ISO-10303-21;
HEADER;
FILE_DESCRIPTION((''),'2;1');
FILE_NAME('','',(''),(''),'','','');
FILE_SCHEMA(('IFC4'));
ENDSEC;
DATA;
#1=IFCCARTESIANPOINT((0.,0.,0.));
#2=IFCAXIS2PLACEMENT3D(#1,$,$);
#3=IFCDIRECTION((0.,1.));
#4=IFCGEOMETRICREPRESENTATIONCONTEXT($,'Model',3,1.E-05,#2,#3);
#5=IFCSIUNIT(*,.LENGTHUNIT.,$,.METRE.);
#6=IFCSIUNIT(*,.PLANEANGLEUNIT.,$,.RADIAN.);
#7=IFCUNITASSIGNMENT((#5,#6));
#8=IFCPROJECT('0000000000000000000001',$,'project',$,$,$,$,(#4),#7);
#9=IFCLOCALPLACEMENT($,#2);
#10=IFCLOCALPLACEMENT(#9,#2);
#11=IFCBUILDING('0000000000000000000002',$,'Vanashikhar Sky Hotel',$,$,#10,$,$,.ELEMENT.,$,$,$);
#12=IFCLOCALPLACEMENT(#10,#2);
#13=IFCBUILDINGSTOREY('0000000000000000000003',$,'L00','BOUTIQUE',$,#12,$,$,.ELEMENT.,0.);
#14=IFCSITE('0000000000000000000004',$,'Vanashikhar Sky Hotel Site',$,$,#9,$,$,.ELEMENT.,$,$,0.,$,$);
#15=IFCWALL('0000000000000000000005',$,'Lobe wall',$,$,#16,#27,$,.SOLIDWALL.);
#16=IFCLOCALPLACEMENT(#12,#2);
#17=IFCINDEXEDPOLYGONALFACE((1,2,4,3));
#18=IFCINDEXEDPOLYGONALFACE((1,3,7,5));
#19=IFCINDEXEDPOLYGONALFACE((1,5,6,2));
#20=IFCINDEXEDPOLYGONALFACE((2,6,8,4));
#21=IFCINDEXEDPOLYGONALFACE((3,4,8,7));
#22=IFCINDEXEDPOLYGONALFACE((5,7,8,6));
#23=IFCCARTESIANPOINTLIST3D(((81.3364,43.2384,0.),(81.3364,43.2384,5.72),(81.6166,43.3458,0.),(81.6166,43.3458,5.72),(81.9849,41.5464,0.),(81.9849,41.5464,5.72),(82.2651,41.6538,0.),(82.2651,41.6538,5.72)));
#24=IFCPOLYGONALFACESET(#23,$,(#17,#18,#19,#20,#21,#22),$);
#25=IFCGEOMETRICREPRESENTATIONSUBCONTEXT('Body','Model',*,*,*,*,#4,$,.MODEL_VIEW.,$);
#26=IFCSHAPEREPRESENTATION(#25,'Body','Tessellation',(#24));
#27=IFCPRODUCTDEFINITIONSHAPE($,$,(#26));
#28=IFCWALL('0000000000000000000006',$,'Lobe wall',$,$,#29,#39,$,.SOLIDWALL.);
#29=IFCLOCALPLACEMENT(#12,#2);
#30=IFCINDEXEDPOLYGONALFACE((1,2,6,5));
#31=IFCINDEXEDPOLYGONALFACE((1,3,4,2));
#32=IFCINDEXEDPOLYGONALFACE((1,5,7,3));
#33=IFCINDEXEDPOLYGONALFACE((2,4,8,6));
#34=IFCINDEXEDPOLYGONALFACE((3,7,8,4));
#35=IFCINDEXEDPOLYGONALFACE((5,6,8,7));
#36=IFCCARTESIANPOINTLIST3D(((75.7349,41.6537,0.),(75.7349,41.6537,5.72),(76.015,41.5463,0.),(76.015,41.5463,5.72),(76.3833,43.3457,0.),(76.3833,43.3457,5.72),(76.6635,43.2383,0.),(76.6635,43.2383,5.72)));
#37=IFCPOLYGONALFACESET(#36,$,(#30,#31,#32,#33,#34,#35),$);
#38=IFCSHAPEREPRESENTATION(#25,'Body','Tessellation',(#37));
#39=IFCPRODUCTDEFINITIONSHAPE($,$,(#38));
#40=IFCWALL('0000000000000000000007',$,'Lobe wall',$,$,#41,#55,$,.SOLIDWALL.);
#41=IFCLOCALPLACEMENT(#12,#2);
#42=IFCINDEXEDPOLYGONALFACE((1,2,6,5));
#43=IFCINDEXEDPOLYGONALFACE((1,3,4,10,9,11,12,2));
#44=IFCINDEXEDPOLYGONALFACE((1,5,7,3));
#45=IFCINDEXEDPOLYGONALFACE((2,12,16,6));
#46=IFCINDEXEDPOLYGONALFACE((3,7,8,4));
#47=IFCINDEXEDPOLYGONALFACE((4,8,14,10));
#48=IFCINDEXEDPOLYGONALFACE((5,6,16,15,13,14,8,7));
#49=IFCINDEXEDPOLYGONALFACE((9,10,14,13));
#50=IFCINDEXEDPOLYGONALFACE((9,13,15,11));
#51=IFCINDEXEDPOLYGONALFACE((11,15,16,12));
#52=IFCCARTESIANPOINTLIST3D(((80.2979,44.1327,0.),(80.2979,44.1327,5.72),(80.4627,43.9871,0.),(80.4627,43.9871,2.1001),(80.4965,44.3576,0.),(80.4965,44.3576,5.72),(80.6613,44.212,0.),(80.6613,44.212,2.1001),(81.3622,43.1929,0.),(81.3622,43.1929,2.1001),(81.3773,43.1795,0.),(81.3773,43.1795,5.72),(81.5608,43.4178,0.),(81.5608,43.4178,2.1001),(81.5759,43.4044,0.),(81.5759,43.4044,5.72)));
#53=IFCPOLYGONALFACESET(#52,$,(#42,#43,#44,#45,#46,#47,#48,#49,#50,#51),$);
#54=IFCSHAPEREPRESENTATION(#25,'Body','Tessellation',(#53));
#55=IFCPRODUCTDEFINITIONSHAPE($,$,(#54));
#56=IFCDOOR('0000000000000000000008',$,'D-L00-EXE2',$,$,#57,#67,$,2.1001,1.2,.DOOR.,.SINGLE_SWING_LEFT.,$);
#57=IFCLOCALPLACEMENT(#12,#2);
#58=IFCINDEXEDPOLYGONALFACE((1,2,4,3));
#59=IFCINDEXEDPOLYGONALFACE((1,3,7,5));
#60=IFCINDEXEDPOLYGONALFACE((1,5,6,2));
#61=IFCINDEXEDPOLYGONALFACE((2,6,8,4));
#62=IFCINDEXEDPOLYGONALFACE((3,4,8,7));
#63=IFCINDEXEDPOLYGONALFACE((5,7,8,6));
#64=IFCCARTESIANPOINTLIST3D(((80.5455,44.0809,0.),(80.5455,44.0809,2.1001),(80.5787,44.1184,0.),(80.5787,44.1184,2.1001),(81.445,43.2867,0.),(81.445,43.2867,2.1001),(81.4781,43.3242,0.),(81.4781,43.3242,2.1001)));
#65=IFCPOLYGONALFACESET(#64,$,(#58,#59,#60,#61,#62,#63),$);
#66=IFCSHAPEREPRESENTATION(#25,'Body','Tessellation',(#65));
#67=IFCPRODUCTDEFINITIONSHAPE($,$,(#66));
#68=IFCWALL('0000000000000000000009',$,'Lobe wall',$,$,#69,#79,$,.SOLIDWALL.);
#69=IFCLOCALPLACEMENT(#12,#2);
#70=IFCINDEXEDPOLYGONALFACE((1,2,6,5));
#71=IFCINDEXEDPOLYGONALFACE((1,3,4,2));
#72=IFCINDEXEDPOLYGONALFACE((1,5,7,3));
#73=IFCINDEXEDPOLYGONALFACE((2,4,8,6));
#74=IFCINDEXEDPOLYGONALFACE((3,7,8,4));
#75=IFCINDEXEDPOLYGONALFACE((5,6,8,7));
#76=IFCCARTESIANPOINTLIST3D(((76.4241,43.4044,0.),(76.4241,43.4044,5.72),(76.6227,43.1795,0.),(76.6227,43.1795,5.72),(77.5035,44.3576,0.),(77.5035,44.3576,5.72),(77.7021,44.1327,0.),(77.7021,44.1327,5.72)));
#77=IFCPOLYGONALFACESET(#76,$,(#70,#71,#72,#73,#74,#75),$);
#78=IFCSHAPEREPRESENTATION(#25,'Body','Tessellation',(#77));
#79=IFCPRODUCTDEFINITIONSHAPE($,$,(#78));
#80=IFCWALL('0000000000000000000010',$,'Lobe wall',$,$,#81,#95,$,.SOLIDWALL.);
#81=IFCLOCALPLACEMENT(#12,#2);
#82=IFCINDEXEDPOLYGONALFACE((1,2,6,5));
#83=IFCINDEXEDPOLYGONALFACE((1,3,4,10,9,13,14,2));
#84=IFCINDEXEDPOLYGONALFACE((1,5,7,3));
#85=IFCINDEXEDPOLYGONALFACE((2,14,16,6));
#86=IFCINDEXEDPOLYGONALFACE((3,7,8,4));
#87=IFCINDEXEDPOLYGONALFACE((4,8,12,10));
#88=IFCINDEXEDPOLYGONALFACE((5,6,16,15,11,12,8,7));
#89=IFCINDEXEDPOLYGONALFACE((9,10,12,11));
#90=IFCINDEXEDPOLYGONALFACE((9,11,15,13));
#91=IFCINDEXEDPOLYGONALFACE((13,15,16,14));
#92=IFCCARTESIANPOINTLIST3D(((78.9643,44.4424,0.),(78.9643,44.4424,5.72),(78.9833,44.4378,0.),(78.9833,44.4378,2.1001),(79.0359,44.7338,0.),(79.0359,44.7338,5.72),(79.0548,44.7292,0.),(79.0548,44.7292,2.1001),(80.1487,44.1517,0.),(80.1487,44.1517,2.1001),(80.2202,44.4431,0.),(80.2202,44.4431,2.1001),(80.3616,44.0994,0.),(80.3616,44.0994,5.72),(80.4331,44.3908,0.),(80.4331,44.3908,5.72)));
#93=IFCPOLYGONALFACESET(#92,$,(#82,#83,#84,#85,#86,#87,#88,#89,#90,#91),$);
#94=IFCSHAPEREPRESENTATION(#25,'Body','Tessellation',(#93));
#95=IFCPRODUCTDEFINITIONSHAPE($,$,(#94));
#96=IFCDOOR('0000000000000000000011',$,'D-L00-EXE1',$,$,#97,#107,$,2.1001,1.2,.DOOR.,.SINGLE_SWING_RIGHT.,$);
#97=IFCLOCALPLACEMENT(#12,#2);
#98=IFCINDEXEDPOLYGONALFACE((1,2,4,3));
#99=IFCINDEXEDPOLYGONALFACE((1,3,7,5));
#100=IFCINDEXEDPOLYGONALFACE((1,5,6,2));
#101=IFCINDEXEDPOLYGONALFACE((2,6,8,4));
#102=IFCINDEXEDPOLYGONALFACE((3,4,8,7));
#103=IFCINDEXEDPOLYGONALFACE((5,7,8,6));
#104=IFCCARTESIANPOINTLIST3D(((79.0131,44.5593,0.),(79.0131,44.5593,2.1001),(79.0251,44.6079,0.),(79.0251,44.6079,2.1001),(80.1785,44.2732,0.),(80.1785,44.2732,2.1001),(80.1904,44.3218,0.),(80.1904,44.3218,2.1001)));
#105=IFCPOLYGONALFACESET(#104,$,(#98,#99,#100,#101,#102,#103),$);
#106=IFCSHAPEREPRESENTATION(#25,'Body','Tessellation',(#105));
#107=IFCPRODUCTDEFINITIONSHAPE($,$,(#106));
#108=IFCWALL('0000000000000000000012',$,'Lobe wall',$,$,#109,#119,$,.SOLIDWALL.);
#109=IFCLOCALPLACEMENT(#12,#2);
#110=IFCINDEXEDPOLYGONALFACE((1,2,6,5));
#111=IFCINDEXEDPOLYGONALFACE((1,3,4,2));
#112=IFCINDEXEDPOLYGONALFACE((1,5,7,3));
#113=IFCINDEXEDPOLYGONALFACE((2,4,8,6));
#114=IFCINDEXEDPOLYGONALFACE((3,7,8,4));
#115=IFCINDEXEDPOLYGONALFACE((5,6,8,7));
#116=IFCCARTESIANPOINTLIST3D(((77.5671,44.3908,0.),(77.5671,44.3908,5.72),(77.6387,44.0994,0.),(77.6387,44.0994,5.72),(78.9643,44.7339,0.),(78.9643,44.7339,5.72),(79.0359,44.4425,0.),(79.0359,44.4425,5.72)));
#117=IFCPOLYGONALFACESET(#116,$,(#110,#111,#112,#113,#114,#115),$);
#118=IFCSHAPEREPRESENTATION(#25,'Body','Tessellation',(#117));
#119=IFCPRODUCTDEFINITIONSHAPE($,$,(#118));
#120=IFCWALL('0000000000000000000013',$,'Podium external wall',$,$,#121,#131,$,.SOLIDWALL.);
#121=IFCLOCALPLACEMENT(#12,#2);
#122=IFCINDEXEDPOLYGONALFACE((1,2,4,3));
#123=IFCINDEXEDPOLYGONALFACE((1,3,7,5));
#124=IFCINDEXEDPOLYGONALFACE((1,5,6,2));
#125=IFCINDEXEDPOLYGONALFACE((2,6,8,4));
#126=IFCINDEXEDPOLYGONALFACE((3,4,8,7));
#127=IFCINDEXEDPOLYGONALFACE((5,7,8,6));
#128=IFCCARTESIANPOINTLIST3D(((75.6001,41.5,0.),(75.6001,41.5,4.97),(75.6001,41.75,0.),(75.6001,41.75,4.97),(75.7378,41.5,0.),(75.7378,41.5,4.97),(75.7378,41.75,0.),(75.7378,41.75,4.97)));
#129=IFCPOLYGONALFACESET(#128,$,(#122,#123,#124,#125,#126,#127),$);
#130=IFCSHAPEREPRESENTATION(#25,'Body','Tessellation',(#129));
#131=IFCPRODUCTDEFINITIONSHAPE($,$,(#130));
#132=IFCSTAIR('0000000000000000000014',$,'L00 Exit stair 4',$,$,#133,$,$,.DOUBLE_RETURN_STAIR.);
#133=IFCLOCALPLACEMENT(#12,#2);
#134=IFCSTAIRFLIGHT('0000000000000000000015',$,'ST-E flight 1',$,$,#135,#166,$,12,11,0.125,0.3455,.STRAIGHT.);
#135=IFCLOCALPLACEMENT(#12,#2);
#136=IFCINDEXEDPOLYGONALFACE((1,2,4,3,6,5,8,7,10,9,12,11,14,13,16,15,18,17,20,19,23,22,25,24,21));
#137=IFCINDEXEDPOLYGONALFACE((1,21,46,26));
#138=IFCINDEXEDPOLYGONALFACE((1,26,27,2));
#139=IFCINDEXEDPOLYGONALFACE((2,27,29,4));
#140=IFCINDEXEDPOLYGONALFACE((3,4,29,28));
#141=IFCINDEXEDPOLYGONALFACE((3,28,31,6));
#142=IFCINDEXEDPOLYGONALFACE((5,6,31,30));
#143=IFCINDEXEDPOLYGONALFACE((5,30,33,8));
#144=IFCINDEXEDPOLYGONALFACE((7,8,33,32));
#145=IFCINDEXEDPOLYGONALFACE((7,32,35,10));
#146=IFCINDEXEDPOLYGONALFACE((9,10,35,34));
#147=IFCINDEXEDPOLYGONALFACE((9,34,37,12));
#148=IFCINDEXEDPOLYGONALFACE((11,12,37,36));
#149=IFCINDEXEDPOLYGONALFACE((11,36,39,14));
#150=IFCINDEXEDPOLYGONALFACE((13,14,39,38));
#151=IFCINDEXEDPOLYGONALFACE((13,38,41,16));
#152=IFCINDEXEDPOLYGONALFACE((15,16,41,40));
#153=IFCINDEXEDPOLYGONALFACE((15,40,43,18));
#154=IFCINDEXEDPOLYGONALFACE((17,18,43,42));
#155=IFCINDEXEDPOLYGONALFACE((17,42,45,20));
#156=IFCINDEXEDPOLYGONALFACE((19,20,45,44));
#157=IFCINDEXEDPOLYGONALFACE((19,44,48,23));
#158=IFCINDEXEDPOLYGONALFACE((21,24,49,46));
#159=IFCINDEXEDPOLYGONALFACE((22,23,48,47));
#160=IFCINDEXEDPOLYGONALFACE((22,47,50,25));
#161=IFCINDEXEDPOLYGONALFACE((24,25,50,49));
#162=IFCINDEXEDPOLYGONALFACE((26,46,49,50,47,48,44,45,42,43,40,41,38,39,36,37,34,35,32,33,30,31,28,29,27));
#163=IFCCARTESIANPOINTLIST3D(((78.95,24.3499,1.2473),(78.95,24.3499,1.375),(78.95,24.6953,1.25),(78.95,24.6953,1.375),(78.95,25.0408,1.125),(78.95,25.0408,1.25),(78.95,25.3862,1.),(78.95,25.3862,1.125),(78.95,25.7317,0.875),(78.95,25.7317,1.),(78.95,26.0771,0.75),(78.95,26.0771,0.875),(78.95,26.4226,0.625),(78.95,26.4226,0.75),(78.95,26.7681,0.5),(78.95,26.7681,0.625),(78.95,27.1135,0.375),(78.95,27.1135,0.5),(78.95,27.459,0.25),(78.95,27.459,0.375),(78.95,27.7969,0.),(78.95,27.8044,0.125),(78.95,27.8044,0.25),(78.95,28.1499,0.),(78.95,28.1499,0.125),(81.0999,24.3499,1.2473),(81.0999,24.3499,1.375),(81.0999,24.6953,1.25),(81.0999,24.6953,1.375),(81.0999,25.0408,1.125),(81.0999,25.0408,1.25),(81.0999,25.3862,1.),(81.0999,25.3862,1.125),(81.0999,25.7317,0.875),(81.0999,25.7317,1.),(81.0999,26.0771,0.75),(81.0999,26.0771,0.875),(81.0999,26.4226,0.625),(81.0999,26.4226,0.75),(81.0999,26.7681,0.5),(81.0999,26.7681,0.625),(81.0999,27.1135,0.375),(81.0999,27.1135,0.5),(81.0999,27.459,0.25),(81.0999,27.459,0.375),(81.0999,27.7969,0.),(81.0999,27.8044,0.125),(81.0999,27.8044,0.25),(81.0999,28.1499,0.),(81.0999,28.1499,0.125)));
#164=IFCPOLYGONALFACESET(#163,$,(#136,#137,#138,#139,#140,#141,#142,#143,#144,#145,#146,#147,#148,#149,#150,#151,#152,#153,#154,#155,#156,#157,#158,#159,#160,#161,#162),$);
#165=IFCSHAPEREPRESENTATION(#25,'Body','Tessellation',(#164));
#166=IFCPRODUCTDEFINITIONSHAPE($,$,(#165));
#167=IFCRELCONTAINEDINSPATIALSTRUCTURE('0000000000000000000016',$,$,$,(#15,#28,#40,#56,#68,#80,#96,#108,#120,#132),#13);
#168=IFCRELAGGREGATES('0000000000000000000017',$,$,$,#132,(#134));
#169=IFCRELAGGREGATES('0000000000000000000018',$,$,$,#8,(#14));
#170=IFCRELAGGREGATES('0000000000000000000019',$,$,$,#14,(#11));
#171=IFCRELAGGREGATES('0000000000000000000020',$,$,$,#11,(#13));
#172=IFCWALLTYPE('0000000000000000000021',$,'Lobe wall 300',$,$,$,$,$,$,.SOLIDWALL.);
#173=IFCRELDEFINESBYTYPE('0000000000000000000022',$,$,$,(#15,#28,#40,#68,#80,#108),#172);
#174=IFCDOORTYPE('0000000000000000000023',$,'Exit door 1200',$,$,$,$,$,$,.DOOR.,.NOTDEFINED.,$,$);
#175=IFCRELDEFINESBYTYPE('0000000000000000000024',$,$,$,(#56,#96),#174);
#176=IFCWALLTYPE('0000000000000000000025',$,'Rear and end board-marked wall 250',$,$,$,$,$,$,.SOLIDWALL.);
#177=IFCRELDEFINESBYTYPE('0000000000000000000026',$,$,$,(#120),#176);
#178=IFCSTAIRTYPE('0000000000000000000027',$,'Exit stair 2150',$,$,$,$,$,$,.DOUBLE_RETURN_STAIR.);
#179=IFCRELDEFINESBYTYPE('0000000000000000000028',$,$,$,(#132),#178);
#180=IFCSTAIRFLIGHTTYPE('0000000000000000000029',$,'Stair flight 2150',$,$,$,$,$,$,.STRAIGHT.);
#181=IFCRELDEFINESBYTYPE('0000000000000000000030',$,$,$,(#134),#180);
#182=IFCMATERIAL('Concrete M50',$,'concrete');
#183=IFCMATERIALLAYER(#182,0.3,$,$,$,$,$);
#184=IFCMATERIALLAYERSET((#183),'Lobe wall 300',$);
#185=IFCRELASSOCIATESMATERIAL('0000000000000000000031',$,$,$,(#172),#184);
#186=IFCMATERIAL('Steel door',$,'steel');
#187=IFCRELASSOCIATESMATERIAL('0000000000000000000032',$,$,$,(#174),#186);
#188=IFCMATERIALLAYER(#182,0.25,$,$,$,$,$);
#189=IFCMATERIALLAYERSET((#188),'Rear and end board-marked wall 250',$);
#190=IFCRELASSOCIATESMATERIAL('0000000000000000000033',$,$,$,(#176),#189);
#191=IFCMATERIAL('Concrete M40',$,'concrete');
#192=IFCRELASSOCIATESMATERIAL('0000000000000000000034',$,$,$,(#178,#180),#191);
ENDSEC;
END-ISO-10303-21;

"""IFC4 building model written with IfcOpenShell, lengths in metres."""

from ifc_helpers import new_model, si_unit, direction, frame, frame_2d, origin, place, context, subcontext, project, spatial, polyline, rectangle, outline, extrude, source, transform, mapped, material, layer, layer_set, type_object, element, fill, aggregate, save


model = new_model("IFC4")

# Units and contexts
model_context = context("Model", 3, precision=1e-05, world=origin(), true_north=direction((0.0, 1.0)))
body_context = subcontext(model_context, "Body", "Model", "MODEL_VIEW")
ifc_project = project(units=[si_unit("LENGTHUNIT", "METRE"), si_unit("PLANEANGLEUNIT", "RADIAN")], contexts=[model_context])

# Site, building, storey
site_placement = place(None, origin())
site = spatial("IfcSite", under=ifc_project, at=site_placement, Name="Vanashikhar Sky Hotel Site", CompositionType="ELEMENT", RefElevation=0.0)
building_placement = place(site_placement, origin())
building = spatial("IfcBuilding", under=site, at=building_placement, Name="Vanashikhar Sky Hotel", CompositionType="ELEMENT")
storey_placement = place(building_placement, origin())
storey = spatial("IfcBuildingStorey", under=building, at=storey_placement, Name="L00", Description="BOUTIQUE", CompositionType="ELEMENT", Elevation=0.0)

# Walls
ifc_material_1 = material(Name="Concrete M50", Category="concrete")
ifc_layer_1 = layer(ifc_material_1, 0.3)
ifc_layer_set_1 = layer_set([ifc_layer_1], Name="Lobe wall 300")
wall_type_1 = type_object("IfcWallType", Name="Lobe wall 300", PredefinedType="SOLIDWALL", material=ifc_layer_set_1)
shared_shape_1 = source(origin(), body_context, "Body", "SweptSolid", [
    extrude(rectangle(XDim=1.812, YDim=0.3, at=frame_2d((0.906, 0.0))), origin(), (0.0, 0.0, 1.0), 5.72),
])
for number, where, z_axis, x_axis, name in (
    (1, (82.125, 41.6001, 0.0), (0.0, 0.0, 1.0), (-0.357877, 0.933769, 0.0), "Lobe wall"),
    (2, (76.5234, 43.292, 0.0), (0.0, 0.0, 1.0), (-0.357877, -0.933769, 0.0), "Lobe wall"),
):
    element("IfcWall", number, at=place(storey_placement, frame(where, z_axis=z_axis, x_axis=x_axis)), inside=storey, type_object=wall_type_1, Name=name, PredefinedType="SOLIDWALL", context=body_context, shape_type="MappedRepresentation", body=[
        mapped(shared_shape_1, transform((0.0, 0.0, 0.0), scale=1.0)),
    ])

# Wall, opening, door
shared_shape_2 = source(origin(), body_context, "Body", "SweptSolid", [
    extrude(rectangle(XDim=1.4399, YDim=0.3, at=frame_2d((0.72, 0.0))), origin(), (0.0, 0.0, 1.0), 5.72),
])
wall_1_placement = place(storey_placement, frame((81.4766, 43.292, 0.0), z_axis=(0.0, 0.0, 1.0), x_axis=(-0.749576, 0.661919, 0.0)))
wall_1 = element("IfcWall", 3, at=wall_1_placement, inside=storey, type_object=wall_type_1, Name="Lobe wall", PredefinedType="SOLIDWALL", context=body_context, shape_type="MappedRepresentation", body=[
    mapped(shared_shape_2, transform((0.0, 0.0, 0.0), scale=1.0)),
])
shared_shape_3 = source(origin(), body_context, "Body", "SweptSolid", [
    extrude(rectangle(XDim=1.2, YDim=2.1001, at=frame_2d((0.6001, 1.05))), frame((0.0, 0.1602, 0.0), z_axis=(0.0, -1.0, 0.0), x_axis=(1.0, 0.0, 0.0)), (0.0, 0.0, 1.0), 0.3201),
])
opening_1_placement = place(wall_1_placement, frame((0.02, 0.0, 0.0)))
opening_1 = element("IfcOpeningElement", 4, at=opening_1_placement, cuts=wall_1, PredefinedType="OPENING", context=body_context, shape_type="MappedRepresentation", body=[
    mapped(shared_shape_3, transform((0.0, 0.0, 0.0), scale=1.0)),
])
ifc_material_2 = material(Name="Steel door", Category="steel")
door_type = type_object("IfcDoorType", Name="Exit door 1200", OperationType="NOTDEFINED", PredefinedType="DOOR", material=ifc_material_2)
shared_shape_4 = source(origin(), body_context, "Body", "SweptSolid", [
    extrude(rectangle(XDim=1.2, YDim=2.1001, at=frame_2d((0.6001, 1.05))), frame((0.0, 0.0249, 0.0), z_axis=(0.0, -1.0, 0.0), x_axis=(1.0, 0.0, 0.0)), (0.0, 0.0, 1.0), 0.05),
])
door_1_placement = place(opening_1_placement, origin())
door_1 = element("IfcDoor", 5, at=door_1_placement, inside=storey, type_object=door_type, Name="D-L00-EXE2", OperationType="SINGLE_SWING_LEFT", OverallHeight=2.1001, OverallWidth=1.2, PredefinedType="DOOR", context=body_context, shape_type="MappedRepresentation", body=[
    mapped(shared_shape_4, transform((0.0, 0.0, 0.0), scale=1.0)),
])
fill(opening_1, door_1)

# Wall
wall_2_placement = place(storey_placement, frame((77.6028, 44.2451, 0.0), z_axis=(0.0, 0.0, 1.0), x_axis=(-0.749576, -0.661919, 0.0)))
element("IfcWall", 6, at=wall_2_placement, inside=storey, type_object=wall_type_1, Name="Lobe wall", PredefinedType="SOLIDWALL", context=body_context, shape_type="MappedRepresentation", body=[
    mapped(shared_shape_2, transform((0.0, 0.0, 0.0), scale=1.0)),
])

# Wall, opening, door
shared_shape_5 = source(origin(), body_context, "Body", "SweptSolid", [
    extrude(rectangle(XDim=1.4387, YDim=0.3, at=frame_2d((0.7192, 0.0))), origin(), (0.0, 0.0, 1.0), 5.72),
])
wall_3_placement = place(storey_placement, frame((80.3972, 44.2451, 0.0), z_axis=(0.0, 0.0, 1.0), x_axis=(-0.971162, 0.238421, 0.0)))
wall_3 = element("IfcWall", 7, at=wall_3_placement, inside=storey, type_object=wall_type_1, Name="Lobe wall", PredefinedType="SOLIDWALL", context=body_context, shape_type="MappedRepresentation", body=[
    mapped(shared_shape_5, transform((0.0, 0.0, 0.0), scale=1.0)),
])
opening_2_placement = place(wall_3_placement, frame((0.219, 0.0, 0.0)))
opening_2 = element("IfcOpeningElement", 8, at=opening_2_placement, cuts=wall_3, PredefinedType="OPENING", context=body_context, shape_type="MappedRepresentation", body=[
    mapped(shared_shape_3, transform((0.0, 0.0, 0.0), scale=1.0)),
])
door_2_placement = place(opening_2_placement, origin())
door_2 = element("IfcDoor", 9, at=door_2_placement, inside=storey, type_object=door_type, Name="D-L00-EXE1", OperationType="SINGLE_SWING_RIGHT", OverallHeight=2.1001, OverallWidth=1.2, PredefinedType="DOOR", context=body_context, shape_type="MappedRepresentation", body=[
    mapped(shared_shape_4, transform((0.0, 0.0, 0.0), scale=1.0)),
])
fill(opening_2, door_2)

# Walls
wall_4_placement = place(storey_placement, frame((79.0, 44.5881, 0.0), z_axis=(0.0, 0.0, 1.0), x_axis=(-0.971162, -0.238421, 0.0)))
element("IfcWall", 10, at=wall_4_placement, inside=storey, type_object=wall_type_1, Name="Lobe wall", PredefinedType="SOLIDWALL", context=body_context, shape_type="MappedRepresentation", body=[
    mapped(shared_shape_5, transform((0.0, 0.0, 0.0), scale=1.0)),
])
ifc_layer_2 = layer(ifc_material_1, 0.25)
ifc_layer_set_2 = layer_set([ifc_layer_2], Name="Rear and end board-marked wall 250")
wall_type_2 = type_object("IfcWallType", Name="Rear and end board-marked wall 250", PredefinedType="SOLIDWALL", material=ifc_layer_set_2)
shared_shape_6 = source(origin(), body_context, "Body", "SweptSolid", [
    extrude(rectangle(XDim=0.1377, YDim=0.25, at=frame_2d((0.0688, 0.0))), origin(), (0.0, 0.0, 1.0), 4.97),
])
wall_5_placement = place(storey_placement, frame((75.7378, 41.625, 0.0), z_axis=(0.0, 0.0, 1.0), x_axis=(-1.0, 0.0, 0.0)))
element("IfcWall", 11, at=wall_5_placement, inside=storey, type_object=wall_type_2, Name="Podium external wall", PredefinedType="SOLIDWALL", context=body_context, shape_type="MappedRepresentation", body=[
    mapped(shared_shape_6, transform((0.0, 0.0, 0.0), scale=1.0)),
])

# Stair, stair flight
ifc_material_3 = material(Name="Concrete M40", Category="concrete")
stair_type = type_object("IfcStairType", Name="Exit stair 2150", PredefinedType="DOUBLE_RETURN_STAIR", material=ifc_material_3)
stair_placement = place(storey_placement, origin())
stair = element("IfcStair", 12, at=stair_placement, inside=storey, type_object=stair_type, Name="L00 Exit stair 4", PredefinedType="DOUBLE_RETURN_STAIR")
stair_flight_type = type_object("IfcStairFlightType", Name="Stair flight 2150", PredefinedType="STRAIGHT", material=ifc_material_3)
shared_shape_7 = source(origin(), body_context, "Body", "SweptSolid", [
    extrude(outline(polyline([(0.0, 0.0), (0.0, 0.125), (0.3455, 0.125), (0.3455, 0.25), (0.6909, 0.25), (0.6909, 0.375), (1.0364, 0.375), (1.0364, 0.5), (1.3818, 0.5), (1.3818, 0.625), (1.7273, 0.625), (1.7273, 0.75), (2.0728, 0.75), (2.0728, 0.875), (2.4182, 0.875), (2.4182, 1.0), (2.7637, 1.0), (2.7637, 1.125), (3.1091, 1.125), (3.1091, 1.25), (3.4546, 1.25), (3.4546, 1.375), (3.8, 1.375), (3.8, 1.5), (3.8, 1.2473), (0.353, 0.0), (0.0, 0.0)])), frame((0.0, 1.075, 0.0), z_axis=(0.0, -1.0, 0.0), x_axis=(1.0, 0.0, 0.0)), (0.0, 0.0, 1.0), 2.1499),
])
stair_flight_1_placement = place(storey_placement, frame((80.0249, 28.1499, 0.0), z_axis=(0.0, 0.0, 1.0), x_axis=(0.0, -1.0, 0.0)))
stair_flight_1 = element("IfcStairFlight", 13, at=stair_flight_1_placement, type_object=stair_flight_type, Name="ST-E flight 1", NumberOfRisers=12, NumberOfTreads=11, PredefinedType="STRAIGHT", RiserHeight=0.125, TreadLength=0.3455, context=body_context, shape_type="MappedRepresentation", body=[
    mapped(shared_shape_7, transform((0.0, 0.0, 0.0), scale=1.0)),
])
aggregate(stair, [stair_flight_1])

save(model, "model.ifc")
